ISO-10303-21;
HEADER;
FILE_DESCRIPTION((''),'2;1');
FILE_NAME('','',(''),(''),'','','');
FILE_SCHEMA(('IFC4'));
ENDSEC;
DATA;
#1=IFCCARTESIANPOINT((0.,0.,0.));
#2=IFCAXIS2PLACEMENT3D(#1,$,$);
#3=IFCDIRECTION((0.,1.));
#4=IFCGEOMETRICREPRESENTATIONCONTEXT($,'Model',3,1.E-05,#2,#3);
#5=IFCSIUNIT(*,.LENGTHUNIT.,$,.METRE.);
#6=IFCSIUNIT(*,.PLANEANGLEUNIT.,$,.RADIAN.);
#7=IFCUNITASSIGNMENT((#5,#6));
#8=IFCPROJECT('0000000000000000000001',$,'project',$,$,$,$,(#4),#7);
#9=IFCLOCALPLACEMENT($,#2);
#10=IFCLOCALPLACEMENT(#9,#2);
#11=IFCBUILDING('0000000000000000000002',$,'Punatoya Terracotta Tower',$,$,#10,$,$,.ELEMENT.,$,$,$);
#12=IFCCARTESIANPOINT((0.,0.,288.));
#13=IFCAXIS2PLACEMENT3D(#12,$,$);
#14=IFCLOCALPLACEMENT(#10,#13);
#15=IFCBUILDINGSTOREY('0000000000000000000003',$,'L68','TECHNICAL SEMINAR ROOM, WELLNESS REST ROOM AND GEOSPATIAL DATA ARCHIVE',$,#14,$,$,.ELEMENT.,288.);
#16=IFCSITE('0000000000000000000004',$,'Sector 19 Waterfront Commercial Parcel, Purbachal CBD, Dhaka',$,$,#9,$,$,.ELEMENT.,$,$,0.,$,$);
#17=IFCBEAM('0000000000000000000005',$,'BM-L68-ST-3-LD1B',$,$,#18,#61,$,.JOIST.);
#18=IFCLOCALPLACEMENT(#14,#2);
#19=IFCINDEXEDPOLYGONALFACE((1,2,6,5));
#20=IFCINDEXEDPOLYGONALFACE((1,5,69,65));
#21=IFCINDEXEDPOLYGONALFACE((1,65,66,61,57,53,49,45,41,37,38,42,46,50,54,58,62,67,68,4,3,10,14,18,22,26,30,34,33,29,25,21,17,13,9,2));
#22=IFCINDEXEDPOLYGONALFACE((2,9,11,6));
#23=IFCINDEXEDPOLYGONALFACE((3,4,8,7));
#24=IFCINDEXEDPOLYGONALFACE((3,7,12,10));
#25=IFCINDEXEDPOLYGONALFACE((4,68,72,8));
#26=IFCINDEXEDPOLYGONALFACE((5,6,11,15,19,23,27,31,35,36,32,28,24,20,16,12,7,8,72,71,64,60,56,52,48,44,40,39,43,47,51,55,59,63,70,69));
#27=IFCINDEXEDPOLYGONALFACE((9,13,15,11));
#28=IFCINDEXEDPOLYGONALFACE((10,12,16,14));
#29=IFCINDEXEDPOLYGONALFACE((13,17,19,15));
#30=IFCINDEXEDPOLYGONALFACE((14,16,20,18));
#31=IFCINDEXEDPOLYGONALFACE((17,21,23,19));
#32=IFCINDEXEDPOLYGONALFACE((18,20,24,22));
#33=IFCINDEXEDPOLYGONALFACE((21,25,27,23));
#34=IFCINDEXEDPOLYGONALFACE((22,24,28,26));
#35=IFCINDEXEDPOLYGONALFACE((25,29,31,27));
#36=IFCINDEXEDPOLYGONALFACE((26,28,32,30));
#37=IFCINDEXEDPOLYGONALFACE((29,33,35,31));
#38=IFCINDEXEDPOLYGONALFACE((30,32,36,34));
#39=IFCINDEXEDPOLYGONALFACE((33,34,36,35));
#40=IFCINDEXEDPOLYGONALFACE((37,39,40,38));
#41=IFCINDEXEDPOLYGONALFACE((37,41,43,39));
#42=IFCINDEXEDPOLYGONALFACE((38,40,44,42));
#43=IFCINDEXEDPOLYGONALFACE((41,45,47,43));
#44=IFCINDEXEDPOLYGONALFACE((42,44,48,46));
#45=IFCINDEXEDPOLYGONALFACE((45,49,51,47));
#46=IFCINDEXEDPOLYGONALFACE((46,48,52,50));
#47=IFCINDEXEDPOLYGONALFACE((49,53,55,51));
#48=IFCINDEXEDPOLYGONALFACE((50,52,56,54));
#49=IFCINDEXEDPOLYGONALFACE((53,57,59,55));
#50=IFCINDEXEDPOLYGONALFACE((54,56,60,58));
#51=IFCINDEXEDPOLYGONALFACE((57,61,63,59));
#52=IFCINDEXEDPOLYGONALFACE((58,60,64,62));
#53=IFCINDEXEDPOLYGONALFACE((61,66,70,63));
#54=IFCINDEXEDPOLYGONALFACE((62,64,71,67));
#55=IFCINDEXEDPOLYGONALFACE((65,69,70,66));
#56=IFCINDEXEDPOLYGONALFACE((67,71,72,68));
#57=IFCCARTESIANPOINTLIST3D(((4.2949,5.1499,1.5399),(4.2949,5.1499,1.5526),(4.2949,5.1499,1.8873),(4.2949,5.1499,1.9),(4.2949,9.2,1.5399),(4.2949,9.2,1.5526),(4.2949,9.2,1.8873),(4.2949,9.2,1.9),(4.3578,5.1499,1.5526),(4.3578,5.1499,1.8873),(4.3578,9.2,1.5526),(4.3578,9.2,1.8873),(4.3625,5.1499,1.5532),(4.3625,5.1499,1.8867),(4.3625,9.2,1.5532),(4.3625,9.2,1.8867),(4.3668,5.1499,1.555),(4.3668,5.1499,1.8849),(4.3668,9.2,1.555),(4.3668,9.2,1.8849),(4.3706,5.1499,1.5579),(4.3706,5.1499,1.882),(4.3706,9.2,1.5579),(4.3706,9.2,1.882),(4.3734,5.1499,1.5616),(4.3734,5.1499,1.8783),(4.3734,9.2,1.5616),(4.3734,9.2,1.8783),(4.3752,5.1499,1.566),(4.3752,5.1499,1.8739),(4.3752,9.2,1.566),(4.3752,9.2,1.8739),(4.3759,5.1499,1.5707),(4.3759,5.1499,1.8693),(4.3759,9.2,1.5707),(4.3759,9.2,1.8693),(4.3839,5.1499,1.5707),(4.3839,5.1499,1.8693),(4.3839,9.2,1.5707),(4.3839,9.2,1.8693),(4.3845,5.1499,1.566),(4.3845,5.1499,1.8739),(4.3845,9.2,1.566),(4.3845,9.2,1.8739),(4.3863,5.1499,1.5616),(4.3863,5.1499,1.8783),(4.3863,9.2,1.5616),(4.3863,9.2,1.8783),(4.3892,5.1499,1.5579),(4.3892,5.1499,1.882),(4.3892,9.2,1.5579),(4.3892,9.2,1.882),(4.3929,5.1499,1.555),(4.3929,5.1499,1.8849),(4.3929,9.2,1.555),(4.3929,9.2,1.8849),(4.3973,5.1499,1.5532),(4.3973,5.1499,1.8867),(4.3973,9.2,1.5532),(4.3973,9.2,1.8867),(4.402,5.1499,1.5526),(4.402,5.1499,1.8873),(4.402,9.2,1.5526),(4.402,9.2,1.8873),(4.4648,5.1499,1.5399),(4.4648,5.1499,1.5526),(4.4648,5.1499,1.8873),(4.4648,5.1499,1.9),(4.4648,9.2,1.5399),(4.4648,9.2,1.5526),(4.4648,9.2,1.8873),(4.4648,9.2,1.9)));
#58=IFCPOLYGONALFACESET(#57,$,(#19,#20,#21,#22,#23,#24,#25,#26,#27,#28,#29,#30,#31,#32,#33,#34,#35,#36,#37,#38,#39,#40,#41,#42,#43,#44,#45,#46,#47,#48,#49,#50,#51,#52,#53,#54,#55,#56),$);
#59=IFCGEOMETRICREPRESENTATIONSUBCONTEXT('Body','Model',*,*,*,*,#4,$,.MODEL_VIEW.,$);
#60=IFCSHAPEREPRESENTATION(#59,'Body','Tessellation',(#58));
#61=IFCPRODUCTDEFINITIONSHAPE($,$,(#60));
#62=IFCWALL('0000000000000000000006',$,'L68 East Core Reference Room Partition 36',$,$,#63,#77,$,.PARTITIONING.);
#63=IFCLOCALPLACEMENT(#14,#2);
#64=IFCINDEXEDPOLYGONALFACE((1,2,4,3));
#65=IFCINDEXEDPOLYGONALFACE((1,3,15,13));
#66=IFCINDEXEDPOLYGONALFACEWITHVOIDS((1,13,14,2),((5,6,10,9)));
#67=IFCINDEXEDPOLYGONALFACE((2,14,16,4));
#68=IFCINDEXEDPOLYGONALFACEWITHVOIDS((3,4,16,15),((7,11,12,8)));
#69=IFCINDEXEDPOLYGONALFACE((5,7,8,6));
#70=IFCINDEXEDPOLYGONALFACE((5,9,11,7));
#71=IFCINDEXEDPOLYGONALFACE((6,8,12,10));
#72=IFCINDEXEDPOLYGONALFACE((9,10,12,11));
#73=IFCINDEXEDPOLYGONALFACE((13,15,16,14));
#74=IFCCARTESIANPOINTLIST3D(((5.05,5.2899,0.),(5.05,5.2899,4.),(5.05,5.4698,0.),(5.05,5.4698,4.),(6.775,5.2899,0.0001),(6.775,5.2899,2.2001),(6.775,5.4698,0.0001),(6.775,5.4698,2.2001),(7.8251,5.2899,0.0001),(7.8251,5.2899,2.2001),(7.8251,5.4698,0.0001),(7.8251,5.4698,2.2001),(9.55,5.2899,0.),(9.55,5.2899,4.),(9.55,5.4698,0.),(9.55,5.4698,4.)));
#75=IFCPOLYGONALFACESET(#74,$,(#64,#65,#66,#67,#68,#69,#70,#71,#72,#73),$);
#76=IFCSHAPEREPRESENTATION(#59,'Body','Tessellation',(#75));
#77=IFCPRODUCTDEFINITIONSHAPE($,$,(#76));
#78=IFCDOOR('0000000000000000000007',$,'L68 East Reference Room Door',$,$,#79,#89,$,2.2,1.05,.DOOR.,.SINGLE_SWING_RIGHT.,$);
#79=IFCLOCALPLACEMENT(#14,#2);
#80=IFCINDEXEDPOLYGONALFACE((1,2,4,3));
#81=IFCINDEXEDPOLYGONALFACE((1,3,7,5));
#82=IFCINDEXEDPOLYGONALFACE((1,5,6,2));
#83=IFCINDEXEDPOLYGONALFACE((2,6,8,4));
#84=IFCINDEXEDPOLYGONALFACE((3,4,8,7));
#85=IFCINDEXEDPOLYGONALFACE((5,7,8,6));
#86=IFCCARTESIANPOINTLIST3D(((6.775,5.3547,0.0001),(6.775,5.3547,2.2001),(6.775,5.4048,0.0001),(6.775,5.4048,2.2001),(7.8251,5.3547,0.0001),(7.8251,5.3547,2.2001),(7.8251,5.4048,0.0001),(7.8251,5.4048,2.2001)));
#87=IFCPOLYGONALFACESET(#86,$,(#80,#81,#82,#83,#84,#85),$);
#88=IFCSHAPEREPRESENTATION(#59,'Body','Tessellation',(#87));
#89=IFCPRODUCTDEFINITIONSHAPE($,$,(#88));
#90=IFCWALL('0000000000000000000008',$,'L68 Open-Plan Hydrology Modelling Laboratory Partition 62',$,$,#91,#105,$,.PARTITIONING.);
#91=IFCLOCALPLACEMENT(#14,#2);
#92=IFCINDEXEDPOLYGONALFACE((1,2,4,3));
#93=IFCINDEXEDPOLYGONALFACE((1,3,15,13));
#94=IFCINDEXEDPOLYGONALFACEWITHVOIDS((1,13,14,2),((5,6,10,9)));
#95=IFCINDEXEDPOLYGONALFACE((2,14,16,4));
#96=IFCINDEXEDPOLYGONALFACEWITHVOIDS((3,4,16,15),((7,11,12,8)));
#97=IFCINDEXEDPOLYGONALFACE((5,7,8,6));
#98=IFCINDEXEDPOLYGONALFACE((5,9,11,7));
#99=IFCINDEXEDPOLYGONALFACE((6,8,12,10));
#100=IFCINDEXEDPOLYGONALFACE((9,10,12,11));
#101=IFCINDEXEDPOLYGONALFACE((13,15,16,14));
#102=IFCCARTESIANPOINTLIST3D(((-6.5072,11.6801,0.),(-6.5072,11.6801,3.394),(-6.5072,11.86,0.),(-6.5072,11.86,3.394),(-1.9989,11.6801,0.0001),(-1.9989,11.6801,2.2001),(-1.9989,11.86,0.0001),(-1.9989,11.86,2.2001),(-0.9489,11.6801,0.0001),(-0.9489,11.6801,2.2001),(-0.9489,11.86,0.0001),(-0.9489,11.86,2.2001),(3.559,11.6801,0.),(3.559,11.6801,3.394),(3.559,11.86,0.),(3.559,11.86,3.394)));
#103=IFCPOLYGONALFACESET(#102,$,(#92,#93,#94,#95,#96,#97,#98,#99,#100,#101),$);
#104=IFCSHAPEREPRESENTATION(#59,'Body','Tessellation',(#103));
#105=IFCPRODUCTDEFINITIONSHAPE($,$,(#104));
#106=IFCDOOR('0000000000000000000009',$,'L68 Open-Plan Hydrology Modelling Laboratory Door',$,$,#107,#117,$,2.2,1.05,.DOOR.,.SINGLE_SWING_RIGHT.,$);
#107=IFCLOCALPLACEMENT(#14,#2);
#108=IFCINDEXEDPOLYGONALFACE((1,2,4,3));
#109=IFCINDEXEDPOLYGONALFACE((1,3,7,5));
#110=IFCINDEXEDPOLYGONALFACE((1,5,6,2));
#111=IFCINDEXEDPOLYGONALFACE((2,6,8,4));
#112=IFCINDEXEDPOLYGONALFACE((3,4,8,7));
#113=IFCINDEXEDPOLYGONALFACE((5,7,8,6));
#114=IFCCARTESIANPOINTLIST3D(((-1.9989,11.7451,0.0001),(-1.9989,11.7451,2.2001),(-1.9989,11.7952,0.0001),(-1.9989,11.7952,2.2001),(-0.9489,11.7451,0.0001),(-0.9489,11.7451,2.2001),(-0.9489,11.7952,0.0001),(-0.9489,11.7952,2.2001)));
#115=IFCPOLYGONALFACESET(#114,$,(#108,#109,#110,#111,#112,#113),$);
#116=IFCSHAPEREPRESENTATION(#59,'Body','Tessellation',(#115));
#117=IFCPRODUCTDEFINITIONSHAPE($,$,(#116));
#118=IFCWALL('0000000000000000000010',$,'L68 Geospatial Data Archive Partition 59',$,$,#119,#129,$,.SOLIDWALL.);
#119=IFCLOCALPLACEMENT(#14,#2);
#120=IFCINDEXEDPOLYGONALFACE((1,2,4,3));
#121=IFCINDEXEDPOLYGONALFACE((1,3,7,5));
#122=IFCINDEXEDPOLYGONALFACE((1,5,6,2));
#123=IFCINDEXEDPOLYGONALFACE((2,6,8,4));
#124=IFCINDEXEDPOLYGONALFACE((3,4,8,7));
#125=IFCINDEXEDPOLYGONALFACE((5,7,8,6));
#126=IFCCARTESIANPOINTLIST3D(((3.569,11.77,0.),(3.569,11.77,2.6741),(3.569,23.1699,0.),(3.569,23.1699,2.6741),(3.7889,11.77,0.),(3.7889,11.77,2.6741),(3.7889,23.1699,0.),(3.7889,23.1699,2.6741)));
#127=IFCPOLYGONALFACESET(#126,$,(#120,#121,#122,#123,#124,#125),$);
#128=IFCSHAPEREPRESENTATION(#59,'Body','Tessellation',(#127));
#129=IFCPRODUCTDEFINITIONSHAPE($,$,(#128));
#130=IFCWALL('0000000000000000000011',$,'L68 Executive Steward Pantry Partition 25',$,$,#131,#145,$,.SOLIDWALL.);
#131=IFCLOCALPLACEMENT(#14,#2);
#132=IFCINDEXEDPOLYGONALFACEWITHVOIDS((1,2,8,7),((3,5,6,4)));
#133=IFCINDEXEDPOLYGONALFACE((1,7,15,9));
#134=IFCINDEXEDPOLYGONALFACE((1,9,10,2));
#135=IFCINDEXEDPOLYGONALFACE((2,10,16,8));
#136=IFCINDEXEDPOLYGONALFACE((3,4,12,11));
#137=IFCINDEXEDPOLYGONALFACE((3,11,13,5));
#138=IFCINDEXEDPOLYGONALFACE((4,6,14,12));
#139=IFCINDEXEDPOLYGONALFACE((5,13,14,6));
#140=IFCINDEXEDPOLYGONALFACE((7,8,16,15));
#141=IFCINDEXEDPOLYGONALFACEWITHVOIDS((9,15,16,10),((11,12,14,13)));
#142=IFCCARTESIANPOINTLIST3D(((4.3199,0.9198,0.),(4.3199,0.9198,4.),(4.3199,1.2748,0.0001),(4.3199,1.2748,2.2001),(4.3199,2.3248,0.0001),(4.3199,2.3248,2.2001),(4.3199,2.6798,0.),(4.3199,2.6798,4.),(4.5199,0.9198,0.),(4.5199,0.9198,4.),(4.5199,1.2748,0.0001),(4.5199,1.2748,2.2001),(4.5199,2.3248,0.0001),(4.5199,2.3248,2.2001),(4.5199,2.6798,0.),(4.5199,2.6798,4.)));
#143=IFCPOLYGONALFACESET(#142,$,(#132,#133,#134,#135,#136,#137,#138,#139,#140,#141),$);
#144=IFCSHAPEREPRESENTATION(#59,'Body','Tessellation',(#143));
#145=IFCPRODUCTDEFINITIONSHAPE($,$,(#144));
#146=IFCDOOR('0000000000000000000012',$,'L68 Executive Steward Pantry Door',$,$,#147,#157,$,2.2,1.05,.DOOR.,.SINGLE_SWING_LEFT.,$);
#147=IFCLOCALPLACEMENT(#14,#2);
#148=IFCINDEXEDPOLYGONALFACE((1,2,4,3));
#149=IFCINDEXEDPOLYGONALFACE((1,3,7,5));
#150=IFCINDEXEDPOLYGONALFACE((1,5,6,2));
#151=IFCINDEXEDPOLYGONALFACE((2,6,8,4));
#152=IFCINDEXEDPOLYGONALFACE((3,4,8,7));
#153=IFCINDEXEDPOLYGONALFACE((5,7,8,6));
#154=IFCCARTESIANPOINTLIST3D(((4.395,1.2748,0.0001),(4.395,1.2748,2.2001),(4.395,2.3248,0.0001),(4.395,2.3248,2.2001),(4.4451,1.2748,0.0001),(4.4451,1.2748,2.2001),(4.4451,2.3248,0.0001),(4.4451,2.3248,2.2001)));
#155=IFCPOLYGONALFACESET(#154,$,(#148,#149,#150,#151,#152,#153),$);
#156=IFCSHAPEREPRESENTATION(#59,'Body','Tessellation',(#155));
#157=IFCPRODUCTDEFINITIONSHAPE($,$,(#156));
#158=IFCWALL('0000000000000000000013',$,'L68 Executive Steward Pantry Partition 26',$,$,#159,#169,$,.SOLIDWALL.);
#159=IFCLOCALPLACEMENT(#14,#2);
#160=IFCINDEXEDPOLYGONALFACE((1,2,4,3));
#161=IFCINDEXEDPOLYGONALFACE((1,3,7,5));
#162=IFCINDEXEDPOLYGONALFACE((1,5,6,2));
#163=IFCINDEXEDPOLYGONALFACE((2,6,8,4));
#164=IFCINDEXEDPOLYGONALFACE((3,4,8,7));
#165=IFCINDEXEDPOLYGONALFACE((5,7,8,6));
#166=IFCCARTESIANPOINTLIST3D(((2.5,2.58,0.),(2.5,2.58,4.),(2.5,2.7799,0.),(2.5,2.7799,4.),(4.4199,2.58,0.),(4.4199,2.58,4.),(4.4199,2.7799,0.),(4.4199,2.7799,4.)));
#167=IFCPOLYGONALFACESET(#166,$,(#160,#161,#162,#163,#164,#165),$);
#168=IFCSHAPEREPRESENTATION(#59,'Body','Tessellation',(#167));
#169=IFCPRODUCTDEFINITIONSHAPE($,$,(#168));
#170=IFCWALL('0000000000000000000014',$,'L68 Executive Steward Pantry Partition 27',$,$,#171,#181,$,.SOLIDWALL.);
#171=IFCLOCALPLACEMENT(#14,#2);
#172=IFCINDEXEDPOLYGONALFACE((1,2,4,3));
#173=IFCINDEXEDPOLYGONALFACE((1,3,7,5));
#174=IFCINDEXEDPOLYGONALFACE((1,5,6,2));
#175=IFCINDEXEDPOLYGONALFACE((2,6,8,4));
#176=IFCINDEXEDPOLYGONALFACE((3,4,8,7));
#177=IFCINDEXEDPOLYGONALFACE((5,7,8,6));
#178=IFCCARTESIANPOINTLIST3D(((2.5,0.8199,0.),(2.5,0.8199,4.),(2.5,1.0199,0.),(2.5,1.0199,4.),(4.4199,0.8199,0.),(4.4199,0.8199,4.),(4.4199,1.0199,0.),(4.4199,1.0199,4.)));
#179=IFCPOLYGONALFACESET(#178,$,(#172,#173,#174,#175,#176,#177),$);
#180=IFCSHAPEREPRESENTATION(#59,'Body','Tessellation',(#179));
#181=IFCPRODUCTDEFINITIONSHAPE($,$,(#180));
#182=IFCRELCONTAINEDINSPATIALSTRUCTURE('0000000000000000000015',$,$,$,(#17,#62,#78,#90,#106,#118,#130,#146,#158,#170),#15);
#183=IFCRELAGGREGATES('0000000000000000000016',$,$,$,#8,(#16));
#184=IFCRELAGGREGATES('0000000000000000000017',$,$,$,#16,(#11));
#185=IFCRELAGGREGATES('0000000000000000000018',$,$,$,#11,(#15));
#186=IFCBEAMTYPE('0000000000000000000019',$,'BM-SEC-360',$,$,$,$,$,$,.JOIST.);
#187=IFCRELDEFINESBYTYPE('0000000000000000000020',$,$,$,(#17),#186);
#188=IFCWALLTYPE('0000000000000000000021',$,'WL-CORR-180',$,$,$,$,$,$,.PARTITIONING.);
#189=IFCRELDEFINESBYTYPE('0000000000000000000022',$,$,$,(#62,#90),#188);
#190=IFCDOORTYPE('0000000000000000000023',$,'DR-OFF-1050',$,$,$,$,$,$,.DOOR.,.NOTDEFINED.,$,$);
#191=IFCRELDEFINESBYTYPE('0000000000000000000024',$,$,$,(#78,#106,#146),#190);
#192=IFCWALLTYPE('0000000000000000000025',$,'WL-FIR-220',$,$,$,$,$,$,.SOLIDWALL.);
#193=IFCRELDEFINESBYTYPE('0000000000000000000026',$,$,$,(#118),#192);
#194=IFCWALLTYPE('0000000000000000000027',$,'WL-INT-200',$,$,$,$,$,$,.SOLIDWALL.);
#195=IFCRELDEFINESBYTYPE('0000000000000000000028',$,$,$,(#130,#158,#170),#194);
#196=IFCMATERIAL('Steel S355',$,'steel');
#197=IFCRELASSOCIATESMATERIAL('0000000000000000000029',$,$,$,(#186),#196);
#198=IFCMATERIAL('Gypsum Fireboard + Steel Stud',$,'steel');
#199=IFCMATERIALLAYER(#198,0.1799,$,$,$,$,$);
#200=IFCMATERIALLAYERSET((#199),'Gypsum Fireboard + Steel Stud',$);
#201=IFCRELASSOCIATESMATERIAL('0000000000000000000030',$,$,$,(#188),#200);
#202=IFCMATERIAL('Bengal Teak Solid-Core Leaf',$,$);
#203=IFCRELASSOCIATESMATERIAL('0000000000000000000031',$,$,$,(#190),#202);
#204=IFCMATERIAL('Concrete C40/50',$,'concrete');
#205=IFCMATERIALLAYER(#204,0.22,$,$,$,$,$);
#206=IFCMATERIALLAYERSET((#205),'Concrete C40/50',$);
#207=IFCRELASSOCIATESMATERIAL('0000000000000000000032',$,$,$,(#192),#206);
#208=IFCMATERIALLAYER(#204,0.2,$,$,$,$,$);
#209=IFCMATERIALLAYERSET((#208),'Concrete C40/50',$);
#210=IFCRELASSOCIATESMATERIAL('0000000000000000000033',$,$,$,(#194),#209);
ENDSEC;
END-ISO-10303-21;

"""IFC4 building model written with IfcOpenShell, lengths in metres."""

from ifc_helpers import new_model, si_unit, direction, frame, frame_2d, origin, origin_2d, place, context, subcontext, project, spatial, rectangle, i_section, extrude, material, layer, layer_set, material_profile, profile_set, type_object, element, fill, save


model = new_model("IFC4")

# Units and contexts
model_context = context("Model", 3, precision=1e-05, world=origin(), true_north=direction((0.0, 1.0)))
body_context = subcontext(model_context, "Body", "Model", "MODEL_VIEW")
ifc_project = project(units=[si_unit("LENGTHUNIT", "METRE"), si_unit("PLANEANGLEUNIT", "RADIAN")], contexts=[model_context])

# Site, building, storey
site_placement = place(None, origin())
site = spatial("IfcSite", under=ifc_project, at=site_placement, Name="Sector 19 Waterfront Commercial Parcel, Purbachal CBD, Dhaka", CompositionType="ELEMENT", RefElevation=0.0)
building_placement = place(site_placement, origin())
building = spatial("IfcBuilding", under=site, at=building_placement, Name="Punatoya Terracotta Tower", CompositionType="ELEMENT")
storey_placement = place(building_placement, frame((0.0, 0.0, 288.0)))
storey = spatial("IfcBuildingStorey", under=building, at=storey_placement, Name="L68", Description="TECHNICAL SEMINAR ROOM, WELLNESS REST ROOM AND GEOSPATIAL DATA ARCHIVE", CompositionType="ELEMENT", Elevation=288.0)

# Beam
ifc_material_1 = material(Name="Steel S355", Category="steel")
ifc_material_profile_1 = material_profile(ifc_material_1, i_section(OverallWidth=0.1699, OverallDepth=0.3601, WebThickness=0.0081, FlangeThickness=0.0127, FilletRadius=0.0181, at=origin_2d()))
ifc_profile_set_1 = profile_set([ifc_material_profile_1], Name="Steel S355")
beam_type_1 = type_object("IfcBeamType", Name="BM-SEC-360", PredefinedType="JOIST", material=ifc_profile_set_1)
for number, where, z_axis, x_axis, name in (
    (1, (4.3799, 5.1499, 1.72), (0.0, 1.0, 0.0), (-1.0, 0.0, 0.0), "BM-L68-ST-3-LD1B"),
):
    element("IfcBeam", number, at=place(storey_placement, frame(where, z_axis=z_axis, x_axis=x_axis)), inside=storey, type_object=beam_type_1, Name=name, PredefinedType="JOIST", context=body_context, shape_type="SweptSolid", body=[
        extrude(i_section(OverallWidth=0.1699, OverallDepth=0.3601, WebThickness=0.0081, FlangeThickness=0.0127, FilletRadius=0.0181, at=origin_2d()), origin(), (0.0, 0.0, 1.0), 4.05),
    ])

# Walls, openings, doors
ifc_material_2 = material(Name="Gypsum Fireboard + Steel Stud", Category="steel")
ifc_layer_1 = layer(ifc_material_2, 0.1799)
ifc_layer_set_1 = layer_set([ifc_layer_1], Name="Gypsum Fireboard + Steel Stud")
wall_type_1 = type_object("IfcWallType", Name="WL-CORR-180", PredefinedType="PARTITIONING", material=ifc_layer_set_1)
wall_1_placement = place(storey_placement, frame((5.05, 5.3799, 0.0), z_axis=(0.0, 0.0, 1.0), x_axis=(1.0, 0.0, 0.0)))
wall_1 = element("IfcWall", 2, at=wall_1_placement, inside=storey, type_object=wall_type_1, Name="L68 East Core Reference Room Partition 36", PredefinedType="PARTITIONING", context=body_context, shape_type="SweptSolid", body=[
    extrude(rectangle(XDim=4.5, YDim=0.1799, at=frame_2d((2.25, 0.0))), origin(), (0.0, 0.0, 1.0), 4.0),
])
opening_1_placement = place(wall_1_placement, frame((1.7251, 0.0, 0.0)))
opening_1 = element("IfcOpeningElement", 3, at=opening_1_placement, cuts=wall_1, PredefinedType="OPENING", context=body_context, shape_type="SweptSolid", body=[
    extrude(rectangle(XDim=1.05, YDim=2.2, at=frame_2d((0.5249, 1.1001))), frame((0.0, 0.0999, 0.0), z_axis=(0.0, -1.0, 0.0), x_axis=(1.0, 0.0, 0.0)), (0.0, 0.0, 1.0), 0.2),
])
ifc_material_3 = material(Name="Bengal Teak Solid-Core Leaf")
door_type = type_object("IfcDoorType", Name="DR-OFF-1050", OperationType="NOTDEFINED", PredefinedType="DOOR", material=ifc_material_3)
door_1_placement = place(opening_1_placement, origin())
door_1 = element("IfcDoor", 4, at=door_1_placement, inside=storey, type_object=door_type, Name="L68 East Reference Room Door", OperationType="SINGLE_SWING_RIGHT", OverallHeight=2.2, OverallWidth=1.05, PredefinedType="DOOR", context=body_context, shape_type="SweptSolid", body=[
    extrude(rectangle(XDim=1.05, YDim=2.2, at=frame_2d((0.5249, 1.1001))), frame((0.0, 0.0249, 0.0), z_axis=(0.0, -1.0, 0.0), x_axis=(1.0, 0.0, 0.0)), (0.0, 0.0, 1.0), 0.05),
])
fill(opening_1, door_1)
wall_2_placement = place(storey_placement, frame((3.5591, 11.77, 0.0), z_axis=(0.0, 0.0, 1.0), x_axis=(-1.0, 0.0, 0.0)))
wall_2 = element("IfcWall", 5, at=wall_2_placement, inside=storey, type_object=wall_type_1, Name="L68 Open-Plan Hydrology Modelling Laboratory Partition 62", PredefinedType="PARTITIONING", context=body_context, shape_type="SweptSolid", body=[
    extrude(rectangle(XDim=10.0662, YDim=0.1799, at=frame_2d((5.0332, 0.0))), origin(), (0.0, 0.0, 1.0), 3.394),
])
opening_2_placement = place(wall_2_placement, frame((4.5081, 0.0, 0.0)))
opening_2 = element("IfcOpeningElement", 6, at=opening_2_placement, cuts=wall_2, PredefinedType="OPENING", context=body_context, shape_type="SweptSolid", body=[
    extrude(rectangle(XDim=1.05, YDim=2.2, at=frame_2d((0.5249, 1.1001))), frame((0.0, 0.0999, 0.0), z_axis=(0.0, -1.0, 0.0), x_axis=(1.0, 0.0, 0.0)), (0.0, 0.0, 1.0), 0.2),
])
door_2_placement = place(opening_2_placement, origin())
door_2 = element("IfcDoor", 7, at=door_2_placement, inside=storey, type_object=door_type, Name="L68 Open-Plan Hydrology Modelling Laboratory Door", OperationType="SINGLE_SWING_RIGHT", OverallHeight=2.2, OverallWidth=1.05, PredefinedType="DOOR", context=body_context, shape_type="SweptSolid", body=[
    extrude(rectangle(XDim=1.05, YDim=2.2, at=frame_2d((0.5249, 1.1001))), frame((0.0, 0.0249, 0.0), z_axis=(0.0, -1.0, 0.0), x_axis=(1.0, 0.0, 0.0)), (0.0, 0.0, 1.0), 0.05),
])
fill(opening_2, door_2)

# Wall
ifc_material_4 = material(Name="Concrete C40/50", Category="concrete")
ifc_layer_2 = layer(ifc_material_4, 0.22)
ifc_layer_set_2 = layer_set([ifc_layer_2], Name="Concrete C40/50")
wall_type_2 = type_object("IfcWallType", Name="WL-FIR-220", PredefinedType="SOLIDWALL", material=ifc_layer_set_2)
wall_3_placement = place(storey_placement, frame((3.679, 11.77, 0.0), z_axis=(0.0, 0.0, 1.0), x_axis=(0.0, 1.0, 0.0)))
element("IfcWall", 8, at=wall_3_placement, inside=storey, type_object=wall_type_2, Name="L68 Geospatial Data Archive Partition 59", PredefinedType="SOLIDWALL", context=body_context, shape_type="SweptSolid", body=[
    extrude(rectangle(XDim=11.3999, YDim=0.22, at=frame_2d((5.7, 0.0))), origin(), (0.0, 0.0, 1.0), 2.6741),
])

# Wall, opening, door
ifc_layer_3 = layer(ifc_material_4, 0.2)
ifc_layer_set_3 = layer_set([ifc_layer_3], Name="Concrete C40/50")
wall_type_3 = type_object("IfcWallType", Name="WL-INT-200", PredefinedType="SOLIDWALL", material=ifc_layer_set_3)
wall_4_placement = place(storey_placement, frame((4.4199, 0.9199, 0.0), z_axis=(0.0, 0.0, 1.0), x_axis=(0.0, 1.0, 0.0)))
wall_4 = element("IfcWall", 9, at=wall_4_placement, inside=storey, type_object=wall_type_3, Name="L68 Executive Steward Pantry Partition 25", PredefinedType="SOLIDWALL", context=body_context, shape_type="SweptSolid", body=[
    extrude(rectangle(XDim=1.76, YDim=0.2, at=frame_2d((0.8799, 0.0))), origin(), (0.0, 0.0, 1.0), 4.0),
])
opening_3_placement = place(wall_4_placement, frame((0.355, 0.0, 0.0)))
opening_3 = element("IfcOpeningElement", 10, at=opening_3_placement, cuts=wall_4, PredefinedType="OPENING", context=body_context, shape_type="SweptSolid", body=[
    extrude(rectangle(XDim=1.05, YDim=2.2, at=frame_2d((0.5249, 1.1001))), frame((0.0, 0.1099, 0.0), z_axis=(0.0, -1.0, 0.0), x_axis=(1.0, 0.0, 0.0)), (0.0, 0.0, 1.0), 0.22),
])
door_3_placement = place(opening_3_placement, origin())
door_3 = element("IfcDoor", 11, at=door_3_placement, inside=storey, type_object=door_type, Name="L68 Executive Steward Pantry Door", OperationType="SINGLE_SWING_LEFT", OverallHeight=2.2, OverallWidth=1.05, PredefinedType="DOOR", context=body_context, shape_type="SweptSolid", body=[
    extrude(rectangle(XDim=1.05, YDim=2.2, at=frame_2d((0.5249, 1.1001))), frame((0.0, 0.0249, 0.0), z_axis=(0.0, -1.0, 0.0), x_axis=(1.0, 0.0, 0.0)), (0.0, 0.0, 1.0), 0.05),
])
fill(opening_3, door_3)

# Walls
for number, where, z_axis, x_axis, name in (
    (12, (4.4199, 2.6799, 0.0), (0.0, 0.0, 1.0), (-1.0, 0.0, 0.0), "L68 Executive Steward Pantry Partition 26"),
    (13, (2.5, 0.9199, 0.0), (0.0, 0.0, 1.0), (1.0, 0.0, 0.0), "L68 Executive Steward Pantry Partition 27"),
):
    element("IfcWall", number, at=place(storey_placement, frame(where, z_axis=z_axis, x_axis=x_axis)), inside=storey, type_object=wall_type_3, Name=name, PredefinedType="SOLIDWALL", context=body_context, shape_type="SweptSolid", body=[
        extrude(rectangle(XDim=1.9199, YDim=0.2, at=frame_2d((0.96, 0.0))), origin(), (0.0, 0.0, 1.0), 4.0),
    ])

save(model, "model.ifc")
